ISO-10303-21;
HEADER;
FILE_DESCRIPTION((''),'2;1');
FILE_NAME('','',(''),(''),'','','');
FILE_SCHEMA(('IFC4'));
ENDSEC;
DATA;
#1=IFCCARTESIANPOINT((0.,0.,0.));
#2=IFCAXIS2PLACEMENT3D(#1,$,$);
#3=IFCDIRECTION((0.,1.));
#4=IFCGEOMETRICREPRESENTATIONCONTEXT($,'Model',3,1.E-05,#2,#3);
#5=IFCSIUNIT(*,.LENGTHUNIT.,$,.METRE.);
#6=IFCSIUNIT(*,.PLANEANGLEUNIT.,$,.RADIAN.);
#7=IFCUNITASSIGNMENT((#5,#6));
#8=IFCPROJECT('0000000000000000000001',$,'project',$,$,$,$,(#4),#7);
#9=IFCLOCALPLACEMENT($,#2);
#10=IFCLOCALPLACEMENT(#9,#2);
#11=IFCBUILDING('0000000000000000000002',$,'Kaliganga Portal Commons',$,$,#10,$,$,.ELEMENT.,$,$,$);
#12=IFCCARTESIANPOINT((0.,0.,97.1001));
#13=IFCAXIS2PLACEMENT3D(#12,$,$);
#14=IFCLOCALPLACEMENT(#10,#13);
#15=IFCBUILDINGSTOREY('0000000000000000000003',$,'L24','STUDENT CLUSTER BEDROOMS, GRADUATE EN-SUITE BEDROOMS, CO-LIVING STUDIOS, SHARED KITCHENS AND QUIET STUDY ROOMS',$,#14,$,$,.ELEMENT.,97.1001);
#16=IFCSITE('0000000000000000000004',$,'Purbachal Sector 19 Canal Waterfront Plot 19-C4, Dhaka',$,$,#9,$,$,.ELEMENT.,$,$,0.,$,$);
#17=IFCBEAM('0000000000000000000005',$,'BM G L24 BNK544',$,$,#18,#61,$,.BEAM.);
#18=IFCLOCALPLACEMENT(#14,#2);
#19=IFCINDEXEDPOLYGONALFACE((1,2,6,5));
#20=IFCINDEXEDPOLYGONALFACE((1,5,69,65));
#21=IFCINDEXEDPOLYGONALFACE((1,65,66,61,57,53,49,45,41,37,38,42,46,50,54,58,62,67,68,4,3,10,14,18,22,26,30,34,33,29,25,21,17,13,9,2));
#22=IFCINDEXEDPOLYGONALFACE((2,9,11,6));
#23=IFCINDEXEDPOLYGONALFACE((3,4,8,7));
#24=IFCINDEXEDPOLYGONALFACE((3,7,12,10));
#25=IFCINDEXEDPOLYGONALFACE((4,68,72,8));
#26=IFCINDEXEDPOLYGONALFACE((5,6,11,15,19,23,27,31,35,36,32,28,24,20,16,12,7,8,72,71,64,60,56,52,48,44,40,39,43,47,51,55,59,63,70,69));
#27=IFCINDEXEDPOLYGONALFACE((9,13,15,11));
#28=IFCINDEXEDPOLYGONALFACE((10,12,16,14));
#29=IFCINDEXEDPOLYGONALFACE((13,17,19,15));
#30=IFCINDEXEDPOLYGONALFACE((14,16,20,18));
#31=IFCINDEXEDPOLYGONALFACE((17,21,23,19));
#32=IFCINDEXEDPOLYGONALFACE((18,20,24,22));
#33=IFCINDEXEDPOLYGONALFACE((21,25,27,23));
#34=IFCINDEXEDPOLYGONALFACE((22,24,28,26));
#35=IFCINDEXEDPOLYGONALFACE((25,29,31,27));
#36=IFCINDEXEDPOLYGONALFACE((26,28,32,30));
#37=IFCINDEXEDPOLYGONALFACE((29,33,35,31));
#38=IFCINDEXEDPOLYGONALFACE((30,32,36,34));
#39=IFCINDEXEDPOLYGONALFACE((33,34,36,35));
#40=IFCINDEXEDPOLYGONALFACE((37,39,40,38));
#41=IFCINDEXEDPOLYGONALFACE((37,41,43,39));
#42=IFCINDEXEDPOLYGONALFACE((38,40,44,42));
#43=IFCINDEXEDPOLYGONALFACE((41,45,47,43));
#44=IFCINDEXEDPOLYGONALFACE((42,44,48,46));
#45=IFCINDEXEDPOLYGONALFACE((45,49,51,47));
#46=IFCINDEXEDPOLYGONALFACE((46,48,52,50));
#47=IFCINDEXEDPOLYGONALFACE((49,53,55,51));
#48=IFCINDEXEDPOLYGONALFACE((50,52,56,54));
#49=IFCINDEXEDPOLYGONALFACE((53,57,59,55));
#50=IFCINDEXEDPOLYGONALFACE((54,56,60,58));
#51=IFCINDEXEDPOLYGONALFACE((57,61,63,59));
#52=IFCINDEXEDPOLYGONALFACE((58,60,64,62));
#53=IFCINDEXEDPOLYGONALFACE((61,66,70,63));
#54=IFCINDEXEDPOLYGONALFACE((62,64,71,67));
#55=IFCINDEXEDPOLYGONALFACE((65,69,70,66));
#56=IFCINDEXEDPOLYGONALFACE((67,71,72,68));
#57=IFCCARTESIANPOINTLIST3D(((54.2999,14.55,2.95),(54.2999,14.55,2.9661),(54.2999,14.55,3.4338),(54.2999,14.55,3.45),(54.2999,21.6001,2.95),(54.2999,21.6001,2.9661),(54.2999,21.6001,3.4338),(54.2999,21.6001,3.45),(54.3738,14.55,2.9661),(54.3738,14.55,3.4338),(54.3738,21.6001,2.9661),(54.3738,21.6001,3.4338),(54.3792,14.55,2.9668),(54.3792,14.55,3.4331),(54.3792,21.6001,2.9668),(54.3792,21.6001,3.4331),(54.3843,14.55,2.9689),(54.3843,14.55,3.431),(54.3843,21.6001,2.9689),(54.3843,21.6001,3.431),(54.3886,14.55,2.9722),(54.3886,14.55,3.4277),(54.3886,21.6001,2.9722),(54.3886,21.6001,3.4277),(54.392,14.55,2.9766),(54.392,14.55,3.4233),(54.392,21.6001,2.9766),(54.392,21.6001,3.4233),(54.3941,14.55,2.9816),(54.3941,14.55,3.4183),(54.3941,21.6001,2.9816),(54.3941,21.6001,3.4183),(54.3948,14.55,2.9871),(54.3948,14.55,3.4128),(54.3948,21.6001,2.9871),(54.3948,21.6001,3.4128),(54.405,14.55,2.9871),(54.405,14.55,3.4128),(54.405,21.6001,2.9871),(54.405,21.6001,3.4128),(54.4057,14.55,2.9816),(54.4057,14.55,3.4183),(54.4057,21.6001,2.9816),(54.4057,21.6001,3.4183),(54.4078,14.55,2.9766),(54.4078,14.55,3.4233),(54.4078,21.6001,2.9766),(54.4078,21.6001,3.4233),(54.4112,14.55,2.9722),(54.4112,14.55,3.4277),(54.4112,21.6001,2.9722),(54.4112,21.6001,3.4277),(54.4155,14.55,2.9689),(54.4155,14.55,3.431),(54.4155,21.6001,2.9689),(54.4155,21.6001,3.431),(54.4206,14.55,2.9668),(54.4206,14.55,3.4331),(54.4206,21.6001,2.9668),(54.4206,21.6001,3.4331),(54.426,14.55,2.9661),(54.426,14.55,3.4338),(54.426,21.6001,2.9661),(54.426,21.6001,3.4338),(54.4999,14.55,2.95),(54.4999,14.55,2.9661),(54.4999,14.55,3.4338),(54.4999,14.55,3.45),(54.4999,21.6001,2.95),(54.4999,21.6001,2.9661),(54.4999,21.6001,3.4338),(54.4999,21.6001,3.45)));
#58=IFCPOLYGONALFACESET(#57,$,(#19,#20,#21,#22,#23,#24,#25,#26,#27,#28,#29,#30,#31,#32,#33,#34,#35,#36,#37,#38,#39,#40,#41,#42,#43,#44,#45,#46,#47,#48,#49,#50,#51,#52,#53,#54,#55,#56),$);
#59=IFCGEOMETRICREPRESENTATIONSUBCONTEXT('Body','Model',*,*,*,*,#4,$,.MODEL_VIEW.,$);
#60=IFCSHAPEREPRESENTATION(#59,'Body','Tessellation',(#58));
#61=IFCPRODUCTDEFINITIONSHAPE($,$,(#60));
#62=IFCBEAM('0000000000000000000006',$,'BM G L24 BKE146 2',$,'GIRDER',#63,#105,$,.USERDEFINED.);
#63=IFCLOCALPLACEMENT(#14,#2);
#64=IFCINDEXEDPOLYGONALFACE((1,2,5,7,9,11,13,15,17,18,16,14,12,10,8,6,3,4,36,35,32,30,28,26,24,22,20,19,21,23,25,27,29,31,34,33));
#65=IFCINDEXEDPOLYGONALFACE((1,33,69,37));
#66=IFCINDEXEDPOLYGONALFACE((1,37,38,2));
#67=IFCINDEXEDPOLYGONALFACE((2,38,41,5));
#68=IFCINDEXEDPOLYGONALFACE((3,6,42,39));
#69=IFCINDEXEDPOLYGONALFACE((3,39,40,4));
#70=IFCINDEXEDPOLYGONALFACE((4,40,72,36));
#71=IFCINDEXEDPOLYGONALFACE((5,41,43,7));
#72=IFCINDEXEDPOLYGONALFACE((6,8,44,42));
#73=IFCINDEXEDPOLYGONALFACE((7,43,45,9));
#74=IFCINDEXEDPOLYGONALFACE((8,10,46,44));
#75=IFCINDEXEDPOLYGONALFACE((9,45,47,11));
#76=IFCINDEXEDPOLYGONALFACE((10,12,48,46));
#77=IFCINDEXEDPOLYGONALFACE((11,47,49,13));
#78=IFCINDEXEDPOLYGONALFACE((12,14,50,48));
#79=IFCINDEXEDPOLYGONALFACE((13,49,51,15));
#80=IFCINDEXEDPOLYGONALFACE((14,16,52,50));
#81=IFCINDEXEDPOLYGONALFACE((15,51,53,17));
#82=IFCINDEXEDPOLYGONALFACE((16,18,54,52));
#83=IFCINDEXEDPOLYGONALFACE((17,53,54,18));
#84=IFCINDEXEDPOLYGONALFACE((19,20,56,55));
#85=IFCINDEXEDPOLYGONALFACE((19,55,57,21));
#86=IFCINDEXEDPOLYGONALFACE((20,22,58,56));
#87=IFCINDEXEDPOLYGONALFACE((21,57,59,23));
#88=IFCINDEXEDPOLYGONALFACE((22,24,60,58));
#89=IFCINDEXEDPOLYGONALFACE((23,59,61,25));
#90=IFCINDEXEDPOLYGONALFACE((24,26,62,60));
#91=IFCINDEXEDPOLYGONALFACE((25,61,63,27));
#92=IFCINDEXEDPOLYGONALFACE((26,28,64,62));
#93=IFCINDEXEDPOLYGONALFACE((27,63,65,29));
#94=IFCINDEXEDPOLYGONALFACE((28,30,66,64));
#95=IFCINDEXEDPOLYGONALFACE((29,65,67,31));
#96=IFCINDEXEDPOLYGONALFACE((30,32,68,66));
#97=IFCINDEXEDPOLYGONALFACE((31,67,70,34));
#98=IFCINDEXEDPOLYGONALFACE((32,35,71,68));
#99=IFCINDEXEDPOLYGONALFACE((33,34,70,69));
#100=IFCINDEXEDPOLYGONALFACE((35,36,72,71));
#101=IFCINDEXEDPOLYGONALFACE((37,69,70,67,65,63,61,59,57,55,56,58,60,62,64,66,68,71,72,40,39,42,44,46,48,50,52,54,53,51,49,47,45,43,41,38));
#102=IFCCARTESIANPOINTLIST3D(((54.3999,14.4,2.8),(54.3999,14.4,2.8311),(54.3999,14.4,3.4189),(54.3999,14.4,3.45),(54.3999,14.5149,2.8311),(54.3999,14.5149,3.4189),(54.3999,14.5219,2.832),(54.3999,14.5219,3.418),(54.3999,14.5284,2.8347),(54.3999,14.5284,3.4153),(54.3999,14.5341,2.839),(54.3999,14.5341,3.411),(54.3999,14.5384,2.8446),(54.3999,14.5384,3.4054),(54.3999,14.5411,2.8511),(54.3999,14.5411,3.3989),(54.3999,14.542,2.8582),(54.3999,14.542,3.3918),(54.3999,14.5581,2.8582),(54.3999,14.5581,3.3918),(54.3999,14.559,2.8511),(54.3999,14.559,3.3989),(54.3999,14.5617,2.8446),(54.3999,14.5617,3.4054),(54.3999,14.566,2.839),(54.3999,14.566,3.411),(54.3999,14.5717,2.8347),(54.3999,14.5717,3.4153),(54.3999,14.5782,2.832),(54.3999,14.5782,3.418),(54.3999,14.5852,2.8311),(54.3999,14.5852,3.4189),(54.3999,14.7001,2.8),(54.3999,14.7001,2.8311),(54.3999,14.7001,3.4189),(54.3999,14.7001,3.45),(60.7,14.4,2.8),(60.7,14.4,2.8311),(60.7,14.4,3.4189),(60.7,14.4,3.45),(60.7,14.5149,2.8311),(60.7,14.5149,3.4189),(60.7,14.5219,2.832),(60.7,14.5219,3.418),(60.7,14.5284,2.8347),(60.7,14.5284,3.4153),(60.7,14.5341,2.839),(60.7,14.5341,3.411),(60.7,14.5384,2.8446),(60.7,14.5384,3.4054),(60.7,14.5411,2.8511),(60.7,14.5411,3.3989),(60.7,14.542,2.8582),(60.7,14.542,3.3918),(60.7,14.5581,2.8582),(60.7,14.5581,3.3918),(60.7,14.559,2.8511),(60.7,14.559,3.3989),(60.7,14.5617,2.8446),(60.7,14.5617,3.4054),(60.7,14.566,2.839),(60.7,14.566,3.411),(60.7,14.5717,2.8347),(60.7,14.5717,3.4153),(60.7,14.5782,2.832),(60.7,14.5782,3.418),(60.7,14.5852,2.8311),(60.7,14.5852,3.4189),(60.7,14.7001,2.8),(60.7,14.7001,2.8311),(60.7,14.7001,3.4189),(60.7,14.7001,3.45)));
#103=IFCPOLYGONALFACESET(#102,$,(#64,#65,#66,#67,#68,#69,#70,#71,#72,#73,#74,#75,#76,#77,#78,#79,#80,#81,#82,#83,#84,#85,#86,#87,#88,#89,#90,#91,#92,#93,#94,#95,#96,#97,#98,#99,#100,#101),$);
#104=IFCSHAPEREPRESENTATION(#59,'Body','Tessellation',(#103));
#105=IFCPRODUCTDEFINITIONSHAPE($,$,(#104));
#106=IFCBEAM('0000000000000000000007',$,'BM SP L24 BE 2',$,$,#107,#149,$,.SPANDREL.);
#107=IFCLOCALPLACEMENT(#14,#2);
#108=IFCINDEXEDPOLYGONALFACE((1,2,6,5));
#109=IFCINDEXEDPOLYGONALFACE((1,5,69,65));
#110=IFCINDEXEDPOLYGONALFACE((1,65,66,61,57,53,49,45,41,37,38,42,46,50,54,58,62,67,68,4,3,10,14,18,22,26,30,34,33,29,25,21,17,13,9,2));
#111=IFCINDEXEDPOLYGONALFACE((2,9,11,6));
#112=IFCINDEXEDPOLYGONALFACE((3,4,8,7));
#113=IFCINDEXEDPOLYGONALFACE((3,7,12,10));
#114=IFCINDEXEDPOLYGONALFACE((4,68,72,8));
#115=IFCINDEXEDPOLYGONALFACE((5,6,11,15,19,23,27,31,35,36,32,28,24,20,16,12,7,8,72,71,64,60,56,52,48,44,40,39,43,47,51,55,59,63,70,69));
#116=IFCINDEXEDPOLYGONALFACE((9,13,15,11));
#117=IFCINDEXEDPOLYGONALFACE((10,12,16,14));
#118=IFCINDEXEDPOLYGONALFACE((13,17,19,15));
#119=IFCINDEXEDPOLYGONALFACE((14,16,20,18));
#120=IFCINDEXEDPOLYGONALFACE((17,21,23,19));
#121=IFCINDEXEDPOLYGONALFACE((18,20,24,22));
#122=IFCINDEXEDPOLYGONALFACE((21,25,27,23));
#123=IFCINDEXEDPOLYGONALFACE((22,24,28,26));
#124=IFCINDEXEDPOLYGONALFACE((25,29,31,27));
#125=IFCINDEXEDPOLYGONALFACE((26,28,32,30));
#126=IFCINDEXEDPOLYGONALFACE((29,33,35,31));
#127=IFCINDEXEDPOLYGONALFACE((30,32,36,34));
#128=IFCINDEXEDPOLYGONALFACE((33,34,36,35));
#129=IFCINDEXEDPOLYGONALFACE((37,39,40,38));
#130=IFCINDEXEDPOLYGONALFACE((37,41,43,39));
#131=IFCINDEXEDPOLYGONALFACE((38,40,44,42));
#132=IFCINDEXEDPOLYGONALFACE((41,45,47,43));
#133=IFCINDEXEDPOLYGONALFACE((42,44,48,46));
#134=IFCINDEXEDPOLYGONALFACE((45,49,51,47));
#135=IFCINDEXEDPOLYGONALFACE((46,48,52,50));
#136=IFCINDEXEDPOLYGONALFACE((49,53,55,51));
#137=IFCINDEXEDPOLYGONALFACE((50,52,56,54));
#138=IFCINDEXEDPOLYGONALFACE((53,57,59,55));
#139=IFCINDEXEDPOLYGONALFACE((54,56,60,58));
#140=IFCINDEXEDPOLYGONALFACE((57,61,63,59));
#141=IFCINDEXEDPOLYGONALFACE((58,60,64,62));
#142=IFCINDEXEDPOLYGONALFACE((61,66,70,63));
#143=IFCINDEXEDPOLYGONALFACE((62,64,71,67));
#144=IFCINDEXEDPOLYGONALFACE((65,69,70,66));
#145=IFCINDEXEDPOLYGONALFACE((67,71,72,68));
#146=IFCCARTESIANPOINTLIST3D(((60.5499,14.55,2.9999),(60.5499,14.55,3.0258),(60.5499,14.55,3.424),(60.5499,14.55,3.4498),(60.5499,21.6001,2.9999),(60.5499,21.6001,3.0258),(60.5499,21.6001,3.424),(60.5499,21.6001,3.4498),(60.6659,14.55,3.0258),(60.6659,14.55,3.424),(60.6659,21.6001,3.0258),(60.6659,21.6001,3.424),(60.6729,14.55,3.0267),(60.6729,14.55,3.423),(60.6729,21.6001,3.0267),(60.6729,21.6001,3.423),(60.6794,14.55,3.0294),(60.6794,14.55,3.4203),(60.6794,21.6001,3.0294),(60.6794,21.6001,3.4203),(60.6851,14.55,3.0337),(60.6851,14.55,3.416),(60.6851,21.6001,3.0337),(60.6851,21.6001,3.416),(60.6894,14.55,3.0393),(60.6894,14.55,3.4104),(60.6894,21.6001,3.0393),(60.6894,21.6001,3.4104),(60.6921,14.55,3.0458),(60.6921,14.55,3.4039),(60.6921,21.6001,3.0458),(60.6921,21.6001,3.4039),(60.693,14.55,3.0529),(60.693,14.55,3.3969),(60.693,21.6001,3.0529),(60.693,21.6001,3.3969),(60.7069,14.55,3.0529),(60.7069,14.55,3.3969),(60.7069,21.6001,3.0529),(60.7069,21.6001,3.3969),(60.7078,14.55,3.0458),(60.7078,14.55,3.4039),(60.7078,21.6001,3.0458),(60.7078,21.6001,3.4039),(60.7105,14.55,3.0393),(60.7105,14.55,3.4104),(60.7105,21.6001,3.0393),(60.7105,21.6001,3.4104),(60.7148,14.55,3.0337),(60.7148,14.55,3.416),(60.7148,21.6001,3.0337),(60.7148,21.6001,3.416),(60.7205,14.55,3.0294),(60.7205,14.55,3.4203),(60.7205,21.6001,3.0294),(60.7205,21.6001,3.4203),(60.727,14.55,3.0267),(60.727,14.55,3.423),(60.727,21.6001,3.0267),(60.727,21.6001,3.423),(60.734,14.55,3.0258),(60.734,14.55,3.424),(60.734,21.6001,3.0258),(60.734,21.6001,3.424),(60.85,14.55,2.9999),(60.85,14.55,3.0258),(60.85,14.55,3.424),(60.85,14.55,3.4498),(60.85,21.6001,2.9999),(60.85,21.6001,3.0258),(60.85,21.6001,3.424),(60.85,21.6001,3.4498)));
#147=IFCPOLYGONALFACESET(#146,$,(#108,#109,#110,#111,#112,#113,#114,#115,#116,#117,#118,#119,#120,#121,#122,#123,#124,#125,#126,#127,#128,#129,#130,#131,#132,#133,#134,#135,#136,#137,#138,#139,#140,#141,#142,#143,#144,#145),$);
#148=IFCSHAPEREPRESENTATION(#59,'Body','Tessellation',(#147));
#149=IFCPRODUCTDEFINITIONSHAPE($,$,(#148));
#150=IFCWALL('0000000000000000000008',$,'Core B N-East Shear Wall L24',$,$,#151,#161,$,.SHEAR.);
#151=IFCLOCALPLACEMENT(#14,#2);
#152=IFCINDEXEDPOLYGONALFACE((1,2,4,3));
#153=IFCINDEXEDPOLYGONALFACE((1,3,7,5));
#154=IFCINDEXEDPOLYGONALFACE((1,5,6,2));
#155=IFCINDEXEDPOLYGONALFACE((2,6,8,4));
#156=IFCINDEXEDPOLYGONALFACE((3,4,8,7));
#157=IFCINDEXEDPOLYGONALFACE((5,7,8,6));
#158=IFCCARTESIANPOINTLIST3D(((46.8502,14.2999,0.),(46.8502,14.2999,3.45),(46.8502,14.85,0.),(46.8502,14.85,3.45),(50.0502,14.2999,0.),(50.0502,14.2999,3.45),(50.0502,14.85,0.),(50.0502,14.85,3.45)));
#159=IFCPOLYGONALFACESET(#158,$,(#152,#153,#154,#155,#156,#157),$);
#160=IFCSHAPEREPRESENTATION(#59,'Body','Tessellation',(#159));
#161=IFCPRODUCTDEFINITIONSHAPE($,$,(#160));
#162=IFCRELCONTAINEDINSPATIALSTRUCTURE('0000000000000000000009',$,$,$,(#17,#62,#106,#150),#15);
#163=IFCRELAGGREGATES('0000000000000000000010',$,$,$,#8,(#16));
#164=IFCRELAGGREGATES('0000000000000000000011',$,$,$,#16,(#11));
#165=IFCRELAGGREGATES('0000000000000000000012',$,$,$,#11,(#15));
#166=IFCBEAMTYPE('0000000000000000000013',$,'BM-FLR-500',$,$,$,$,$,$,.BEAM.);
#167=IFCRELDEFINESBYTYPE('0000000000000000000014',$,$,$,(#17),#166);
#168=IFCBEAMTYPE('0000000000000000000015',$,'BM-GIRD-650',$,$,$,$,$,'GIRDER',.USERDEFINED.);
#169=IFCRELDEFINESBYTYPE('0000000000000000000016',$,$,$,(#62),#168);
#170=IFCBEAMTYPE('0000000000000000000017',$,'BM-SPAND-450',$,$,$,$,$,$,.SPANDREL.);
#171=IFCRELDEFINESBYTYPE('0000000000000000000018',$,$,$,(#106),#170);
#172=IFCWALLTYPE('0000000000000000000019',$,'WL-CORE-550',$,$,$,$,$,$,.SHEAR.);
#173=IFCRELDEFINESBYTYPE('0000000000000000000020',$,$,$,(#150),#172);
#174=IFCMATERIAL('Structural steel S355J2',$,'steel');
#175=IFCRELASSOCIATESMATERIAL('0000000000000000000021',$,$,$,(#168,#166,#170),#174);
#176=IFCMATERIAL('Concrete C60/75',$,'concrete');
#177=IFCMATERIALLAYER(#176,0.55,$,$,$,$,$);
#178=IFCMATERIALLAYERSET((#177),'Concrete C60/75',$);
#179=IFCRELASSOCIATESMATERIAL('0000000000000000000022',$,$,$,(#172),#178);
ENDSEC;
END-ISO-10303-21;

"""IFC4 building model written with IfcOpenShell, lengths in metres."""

from ifc_helpers import new_model, si_unit, direction, frame, frame_2d, origin, origin_2d, place, context, subcontext, project, spatial, rectangle, i_section, extrude, source, transform, mapped, material, layer, layer_set, material_profile, profile_set, type_object, element, save


model = new_model("IFC4")

# Units and contexts
model_context = context("Model", 3, precision=1e-05, world=origin(), true_north=direction((0.0, 1.0)))
body_context = subcontext(model_context, "Body", "Model", "MODEL_VIEW")
ifc_project = project(units=[si_unit("LENGTHUNIT", "METRE"), si_unit("PLANEANGLEUNIT", "RADIAN")], contexts=[model_context])

# Site, building, storey
site_placement = place(None, origin())
site = spatial("IfcSite", under=ifc_project, at=site_placement, Name="Purbachal Sector 19 Canal Waterfront Plot 19-C4, Dhaka", CompositionType="ELEMENT", RefElevation=0.0)
building_placement = place(site_placement, origin())
building = spatial("IfcBuilding", under=site, at=building_placement, Name="Kaliganga Portal Commons", CompositionType="ELEMENT")
storey_placement = place(building_placement, frame((0.0, 0.0, 97.1001)))
storey = spatial("IfcBuildingStorey", under=building, at=storey_placement, Name="L24", Description="STUDENT CLUSTER BEDROOMS, GRADUATE EN-SUITE BEDROOMS, CO-LIVING STUDIOS, SHARED KITCHENS AND QUIET STUDY ROOMS", CompositionType="ELEMENT", Elevation=97.1001)

# Shared definitions
ifc_material_1 = material(Name="Concrete C60/75", Category="concrete")

# Beams
ifc_material_2 = material(Name="Structural steel S355J2", Category="steel")
ifc_material_profile_1 = material_profile(ifc_material_2, i_section(OverallWidth=0.3, OverallDepth=0.6499, WebThickness=0.0161, FlangeThickness=0.031, FilletRadius=0.0271, at=origin_2d()), Name="HE 650 B")
ifc_profile_set_1 = profile_set([ifc_material_profile_1], Name="Structural steel S355J2 wide-flange")
beam_type_1 = type_object("IfcBeamType", Name="BM-GIRD-650", ElementType="GIRDER", PredefinedType="USERDEFINED", material=ifc_profile_set_1)
ifc_material_profile_2 = material_profile(ifc_material_2, i_section(OverallWidth=0.2, OverallDepth=0.5, WebThickness=0.0103, FlangeThickness=0.0161, FilletRadius=0.021, at=origin_2d()), Name="IPE 500")
ifc_profile_set_2 = profile_set([ifc_material_profile_2], Name="Structural steel S355J2 wide-flange")
beam_type_2 = type_object("IfcBeamType", Name="BM-FLR-500", PredefinedType="BEAM", material=ifc_profile_set_2)
shared_shape_1 = source(origin(), body_context, "Body", "SweptSolid", [
    extrude(i_section(OverallWidth=0.2, OverallDepth=0.5, WebThickness=0.0103, FlangeThickness=0.0161, FilletRadius=0.021, at=origin_2d()), origin(), (0.0, 0.0, 1.0), 7.05),
])
for number, where, z_axis, x_axis, name in (
    (1, (54.3999, 14.55, 3.2), (0.0, 1.0, 0.0), (-1.0, 0.0, 0.0), "BM G L24 BNK544"),
):
    element("IfcBeam", number, at=place(storey_placement, frame(where, z_axis=z_axis, x_axis=x_axis)), inside=storey, type_object=beam_type_2, Name=name, PredefinedType="BEAM", context=body_context, shape_type="MappedRepresentation", body=[
        mapped(shared_shape_1, transform((0.0, 0.0, 0.0), x_axis=(1.0, 0.0, 0.0), y_axis=(0.0, 1.0, 0.0), z_axis=(0.0, 0.0, 1.0), scale=1.0)),
    ])
shared_shape_2 = source(origin(), body_context, "Body", "SweptSolid", [
    extrude(i_section(OverallWidth=0.3, OverallDepth=0.6499, WebThickness=0.0161, FlangeThickness=0.031, FilletRadius=0.0271, at=origin_2d()), origin(), (0.0, 0.0, 1.0), 6.3),
])
beam_1_placement = place(storey_placement, frame((54.3999, 14.55, 3.125), z_axis=(1.0, 0.0, 0.0), x_axis=(0.0, 1.0, 0.0)))
element("IfcBeam", 2, at=beam_1_placement, inside=storey, type_object=beam_type_1, Name="BM G L24 BKE146 2", ObjectType="GIRDER", PredefinedType="USERDEFINED", context=body_context, shape_type="MappedRepresentation", body=[
    mapped(shared_shape_2, transform((0.0, 0.0, 0.0), x_axis=(1.0, 0.0, 0.0), y_axis=(0.0, 1.0, 0.0), z_axis=(0.0, 0.0, 1.0), scale=1.0)),
])
ifc_material_profile_3 = material_profile(ifc_material_2, i_section(OverallWidth=0.3, OverallDepth=0.45, WebThickness=0.0139, FlangeThickness=0.0259, FilletRadius=0.0271, at=origin_2d()), Name="HE 450 B")
ifc_profile_set_3 = profile_set([ifc_material_profile_3], Name="Structural steel S355J2 wide-flange")
beam_type_3 = type_object("IfcBeamType", Name="BM-SPAND-450", PredefinedType="SPANDREL", material=ifc_profile_set_3)
shared_shape_3 = source(origin(), body_context, "Body", "SweptSolid", [
    extrude(i_section(OverallWidth=0.3, OverallDepth=0.45, WebThickness=0.0139, FlangeThickness=0.0259, FilletRadius=0.0271, at=origin_2d()), origin(), (0.0, 0.0, 1.0), 7.05),
])
beam_2_placement = place(storey_placement, frame((60.7, 14.55, 3.2249), z_axis=(0.0, 1.0, 0.0), x_axis=(-1.0, 0.0, 0.0)))
element("IfcBeam", 3, at=beam_2_placement, inside=storey, type_object=beam_type_3, Name="BM SP L24 BE 2", PredefinedType="SPANDREL", context=body_context, shape_type="MappedRepresentation", body=[
    mapped(shared_shape_3, transform((0.0, 0.0, 0.0), x_axis=(1.0, 0.0, 0.0), y_axis=(0.0, 1.0, 0.0), z_axis=(0.0, 0.0, 1.0), scale=1.0)),
])

# Wall
ifc_layer_1 = layer(ifc_material_1, 0.55)
ifc_layer_set_1 = layer_set([ifc_layer_1], Name="Concrete C60/75")
wall_type_1 = type_object("IfcWallType", Name="WL-CORE-550", PredefinedType="SHEAR", material=ifc_layer_set_1)
wall_1_placement = place(storey_placement, frame((46.8501, 14.575, 0.0), z_axis=(0.0, 0.0, 1.0), x_axis=(1.0, 0.0, 0.0)))
element("IfcWall", 4, at=wall_1_placement, inside=storey, type_object=wall_type_1, Name="Core B N-East Shear Wall L24", PredefinedType="SHEAR", context=body_context, shape_type="SweptSolid", body=[
    extrude(rectangle(XDim=3.2, YDim=0.55, at=frame_2d((1.6001, 0.0))), origin(), (0.0, 0.0, 1.0), 3.45),
])

save(model, "model.ifc")
